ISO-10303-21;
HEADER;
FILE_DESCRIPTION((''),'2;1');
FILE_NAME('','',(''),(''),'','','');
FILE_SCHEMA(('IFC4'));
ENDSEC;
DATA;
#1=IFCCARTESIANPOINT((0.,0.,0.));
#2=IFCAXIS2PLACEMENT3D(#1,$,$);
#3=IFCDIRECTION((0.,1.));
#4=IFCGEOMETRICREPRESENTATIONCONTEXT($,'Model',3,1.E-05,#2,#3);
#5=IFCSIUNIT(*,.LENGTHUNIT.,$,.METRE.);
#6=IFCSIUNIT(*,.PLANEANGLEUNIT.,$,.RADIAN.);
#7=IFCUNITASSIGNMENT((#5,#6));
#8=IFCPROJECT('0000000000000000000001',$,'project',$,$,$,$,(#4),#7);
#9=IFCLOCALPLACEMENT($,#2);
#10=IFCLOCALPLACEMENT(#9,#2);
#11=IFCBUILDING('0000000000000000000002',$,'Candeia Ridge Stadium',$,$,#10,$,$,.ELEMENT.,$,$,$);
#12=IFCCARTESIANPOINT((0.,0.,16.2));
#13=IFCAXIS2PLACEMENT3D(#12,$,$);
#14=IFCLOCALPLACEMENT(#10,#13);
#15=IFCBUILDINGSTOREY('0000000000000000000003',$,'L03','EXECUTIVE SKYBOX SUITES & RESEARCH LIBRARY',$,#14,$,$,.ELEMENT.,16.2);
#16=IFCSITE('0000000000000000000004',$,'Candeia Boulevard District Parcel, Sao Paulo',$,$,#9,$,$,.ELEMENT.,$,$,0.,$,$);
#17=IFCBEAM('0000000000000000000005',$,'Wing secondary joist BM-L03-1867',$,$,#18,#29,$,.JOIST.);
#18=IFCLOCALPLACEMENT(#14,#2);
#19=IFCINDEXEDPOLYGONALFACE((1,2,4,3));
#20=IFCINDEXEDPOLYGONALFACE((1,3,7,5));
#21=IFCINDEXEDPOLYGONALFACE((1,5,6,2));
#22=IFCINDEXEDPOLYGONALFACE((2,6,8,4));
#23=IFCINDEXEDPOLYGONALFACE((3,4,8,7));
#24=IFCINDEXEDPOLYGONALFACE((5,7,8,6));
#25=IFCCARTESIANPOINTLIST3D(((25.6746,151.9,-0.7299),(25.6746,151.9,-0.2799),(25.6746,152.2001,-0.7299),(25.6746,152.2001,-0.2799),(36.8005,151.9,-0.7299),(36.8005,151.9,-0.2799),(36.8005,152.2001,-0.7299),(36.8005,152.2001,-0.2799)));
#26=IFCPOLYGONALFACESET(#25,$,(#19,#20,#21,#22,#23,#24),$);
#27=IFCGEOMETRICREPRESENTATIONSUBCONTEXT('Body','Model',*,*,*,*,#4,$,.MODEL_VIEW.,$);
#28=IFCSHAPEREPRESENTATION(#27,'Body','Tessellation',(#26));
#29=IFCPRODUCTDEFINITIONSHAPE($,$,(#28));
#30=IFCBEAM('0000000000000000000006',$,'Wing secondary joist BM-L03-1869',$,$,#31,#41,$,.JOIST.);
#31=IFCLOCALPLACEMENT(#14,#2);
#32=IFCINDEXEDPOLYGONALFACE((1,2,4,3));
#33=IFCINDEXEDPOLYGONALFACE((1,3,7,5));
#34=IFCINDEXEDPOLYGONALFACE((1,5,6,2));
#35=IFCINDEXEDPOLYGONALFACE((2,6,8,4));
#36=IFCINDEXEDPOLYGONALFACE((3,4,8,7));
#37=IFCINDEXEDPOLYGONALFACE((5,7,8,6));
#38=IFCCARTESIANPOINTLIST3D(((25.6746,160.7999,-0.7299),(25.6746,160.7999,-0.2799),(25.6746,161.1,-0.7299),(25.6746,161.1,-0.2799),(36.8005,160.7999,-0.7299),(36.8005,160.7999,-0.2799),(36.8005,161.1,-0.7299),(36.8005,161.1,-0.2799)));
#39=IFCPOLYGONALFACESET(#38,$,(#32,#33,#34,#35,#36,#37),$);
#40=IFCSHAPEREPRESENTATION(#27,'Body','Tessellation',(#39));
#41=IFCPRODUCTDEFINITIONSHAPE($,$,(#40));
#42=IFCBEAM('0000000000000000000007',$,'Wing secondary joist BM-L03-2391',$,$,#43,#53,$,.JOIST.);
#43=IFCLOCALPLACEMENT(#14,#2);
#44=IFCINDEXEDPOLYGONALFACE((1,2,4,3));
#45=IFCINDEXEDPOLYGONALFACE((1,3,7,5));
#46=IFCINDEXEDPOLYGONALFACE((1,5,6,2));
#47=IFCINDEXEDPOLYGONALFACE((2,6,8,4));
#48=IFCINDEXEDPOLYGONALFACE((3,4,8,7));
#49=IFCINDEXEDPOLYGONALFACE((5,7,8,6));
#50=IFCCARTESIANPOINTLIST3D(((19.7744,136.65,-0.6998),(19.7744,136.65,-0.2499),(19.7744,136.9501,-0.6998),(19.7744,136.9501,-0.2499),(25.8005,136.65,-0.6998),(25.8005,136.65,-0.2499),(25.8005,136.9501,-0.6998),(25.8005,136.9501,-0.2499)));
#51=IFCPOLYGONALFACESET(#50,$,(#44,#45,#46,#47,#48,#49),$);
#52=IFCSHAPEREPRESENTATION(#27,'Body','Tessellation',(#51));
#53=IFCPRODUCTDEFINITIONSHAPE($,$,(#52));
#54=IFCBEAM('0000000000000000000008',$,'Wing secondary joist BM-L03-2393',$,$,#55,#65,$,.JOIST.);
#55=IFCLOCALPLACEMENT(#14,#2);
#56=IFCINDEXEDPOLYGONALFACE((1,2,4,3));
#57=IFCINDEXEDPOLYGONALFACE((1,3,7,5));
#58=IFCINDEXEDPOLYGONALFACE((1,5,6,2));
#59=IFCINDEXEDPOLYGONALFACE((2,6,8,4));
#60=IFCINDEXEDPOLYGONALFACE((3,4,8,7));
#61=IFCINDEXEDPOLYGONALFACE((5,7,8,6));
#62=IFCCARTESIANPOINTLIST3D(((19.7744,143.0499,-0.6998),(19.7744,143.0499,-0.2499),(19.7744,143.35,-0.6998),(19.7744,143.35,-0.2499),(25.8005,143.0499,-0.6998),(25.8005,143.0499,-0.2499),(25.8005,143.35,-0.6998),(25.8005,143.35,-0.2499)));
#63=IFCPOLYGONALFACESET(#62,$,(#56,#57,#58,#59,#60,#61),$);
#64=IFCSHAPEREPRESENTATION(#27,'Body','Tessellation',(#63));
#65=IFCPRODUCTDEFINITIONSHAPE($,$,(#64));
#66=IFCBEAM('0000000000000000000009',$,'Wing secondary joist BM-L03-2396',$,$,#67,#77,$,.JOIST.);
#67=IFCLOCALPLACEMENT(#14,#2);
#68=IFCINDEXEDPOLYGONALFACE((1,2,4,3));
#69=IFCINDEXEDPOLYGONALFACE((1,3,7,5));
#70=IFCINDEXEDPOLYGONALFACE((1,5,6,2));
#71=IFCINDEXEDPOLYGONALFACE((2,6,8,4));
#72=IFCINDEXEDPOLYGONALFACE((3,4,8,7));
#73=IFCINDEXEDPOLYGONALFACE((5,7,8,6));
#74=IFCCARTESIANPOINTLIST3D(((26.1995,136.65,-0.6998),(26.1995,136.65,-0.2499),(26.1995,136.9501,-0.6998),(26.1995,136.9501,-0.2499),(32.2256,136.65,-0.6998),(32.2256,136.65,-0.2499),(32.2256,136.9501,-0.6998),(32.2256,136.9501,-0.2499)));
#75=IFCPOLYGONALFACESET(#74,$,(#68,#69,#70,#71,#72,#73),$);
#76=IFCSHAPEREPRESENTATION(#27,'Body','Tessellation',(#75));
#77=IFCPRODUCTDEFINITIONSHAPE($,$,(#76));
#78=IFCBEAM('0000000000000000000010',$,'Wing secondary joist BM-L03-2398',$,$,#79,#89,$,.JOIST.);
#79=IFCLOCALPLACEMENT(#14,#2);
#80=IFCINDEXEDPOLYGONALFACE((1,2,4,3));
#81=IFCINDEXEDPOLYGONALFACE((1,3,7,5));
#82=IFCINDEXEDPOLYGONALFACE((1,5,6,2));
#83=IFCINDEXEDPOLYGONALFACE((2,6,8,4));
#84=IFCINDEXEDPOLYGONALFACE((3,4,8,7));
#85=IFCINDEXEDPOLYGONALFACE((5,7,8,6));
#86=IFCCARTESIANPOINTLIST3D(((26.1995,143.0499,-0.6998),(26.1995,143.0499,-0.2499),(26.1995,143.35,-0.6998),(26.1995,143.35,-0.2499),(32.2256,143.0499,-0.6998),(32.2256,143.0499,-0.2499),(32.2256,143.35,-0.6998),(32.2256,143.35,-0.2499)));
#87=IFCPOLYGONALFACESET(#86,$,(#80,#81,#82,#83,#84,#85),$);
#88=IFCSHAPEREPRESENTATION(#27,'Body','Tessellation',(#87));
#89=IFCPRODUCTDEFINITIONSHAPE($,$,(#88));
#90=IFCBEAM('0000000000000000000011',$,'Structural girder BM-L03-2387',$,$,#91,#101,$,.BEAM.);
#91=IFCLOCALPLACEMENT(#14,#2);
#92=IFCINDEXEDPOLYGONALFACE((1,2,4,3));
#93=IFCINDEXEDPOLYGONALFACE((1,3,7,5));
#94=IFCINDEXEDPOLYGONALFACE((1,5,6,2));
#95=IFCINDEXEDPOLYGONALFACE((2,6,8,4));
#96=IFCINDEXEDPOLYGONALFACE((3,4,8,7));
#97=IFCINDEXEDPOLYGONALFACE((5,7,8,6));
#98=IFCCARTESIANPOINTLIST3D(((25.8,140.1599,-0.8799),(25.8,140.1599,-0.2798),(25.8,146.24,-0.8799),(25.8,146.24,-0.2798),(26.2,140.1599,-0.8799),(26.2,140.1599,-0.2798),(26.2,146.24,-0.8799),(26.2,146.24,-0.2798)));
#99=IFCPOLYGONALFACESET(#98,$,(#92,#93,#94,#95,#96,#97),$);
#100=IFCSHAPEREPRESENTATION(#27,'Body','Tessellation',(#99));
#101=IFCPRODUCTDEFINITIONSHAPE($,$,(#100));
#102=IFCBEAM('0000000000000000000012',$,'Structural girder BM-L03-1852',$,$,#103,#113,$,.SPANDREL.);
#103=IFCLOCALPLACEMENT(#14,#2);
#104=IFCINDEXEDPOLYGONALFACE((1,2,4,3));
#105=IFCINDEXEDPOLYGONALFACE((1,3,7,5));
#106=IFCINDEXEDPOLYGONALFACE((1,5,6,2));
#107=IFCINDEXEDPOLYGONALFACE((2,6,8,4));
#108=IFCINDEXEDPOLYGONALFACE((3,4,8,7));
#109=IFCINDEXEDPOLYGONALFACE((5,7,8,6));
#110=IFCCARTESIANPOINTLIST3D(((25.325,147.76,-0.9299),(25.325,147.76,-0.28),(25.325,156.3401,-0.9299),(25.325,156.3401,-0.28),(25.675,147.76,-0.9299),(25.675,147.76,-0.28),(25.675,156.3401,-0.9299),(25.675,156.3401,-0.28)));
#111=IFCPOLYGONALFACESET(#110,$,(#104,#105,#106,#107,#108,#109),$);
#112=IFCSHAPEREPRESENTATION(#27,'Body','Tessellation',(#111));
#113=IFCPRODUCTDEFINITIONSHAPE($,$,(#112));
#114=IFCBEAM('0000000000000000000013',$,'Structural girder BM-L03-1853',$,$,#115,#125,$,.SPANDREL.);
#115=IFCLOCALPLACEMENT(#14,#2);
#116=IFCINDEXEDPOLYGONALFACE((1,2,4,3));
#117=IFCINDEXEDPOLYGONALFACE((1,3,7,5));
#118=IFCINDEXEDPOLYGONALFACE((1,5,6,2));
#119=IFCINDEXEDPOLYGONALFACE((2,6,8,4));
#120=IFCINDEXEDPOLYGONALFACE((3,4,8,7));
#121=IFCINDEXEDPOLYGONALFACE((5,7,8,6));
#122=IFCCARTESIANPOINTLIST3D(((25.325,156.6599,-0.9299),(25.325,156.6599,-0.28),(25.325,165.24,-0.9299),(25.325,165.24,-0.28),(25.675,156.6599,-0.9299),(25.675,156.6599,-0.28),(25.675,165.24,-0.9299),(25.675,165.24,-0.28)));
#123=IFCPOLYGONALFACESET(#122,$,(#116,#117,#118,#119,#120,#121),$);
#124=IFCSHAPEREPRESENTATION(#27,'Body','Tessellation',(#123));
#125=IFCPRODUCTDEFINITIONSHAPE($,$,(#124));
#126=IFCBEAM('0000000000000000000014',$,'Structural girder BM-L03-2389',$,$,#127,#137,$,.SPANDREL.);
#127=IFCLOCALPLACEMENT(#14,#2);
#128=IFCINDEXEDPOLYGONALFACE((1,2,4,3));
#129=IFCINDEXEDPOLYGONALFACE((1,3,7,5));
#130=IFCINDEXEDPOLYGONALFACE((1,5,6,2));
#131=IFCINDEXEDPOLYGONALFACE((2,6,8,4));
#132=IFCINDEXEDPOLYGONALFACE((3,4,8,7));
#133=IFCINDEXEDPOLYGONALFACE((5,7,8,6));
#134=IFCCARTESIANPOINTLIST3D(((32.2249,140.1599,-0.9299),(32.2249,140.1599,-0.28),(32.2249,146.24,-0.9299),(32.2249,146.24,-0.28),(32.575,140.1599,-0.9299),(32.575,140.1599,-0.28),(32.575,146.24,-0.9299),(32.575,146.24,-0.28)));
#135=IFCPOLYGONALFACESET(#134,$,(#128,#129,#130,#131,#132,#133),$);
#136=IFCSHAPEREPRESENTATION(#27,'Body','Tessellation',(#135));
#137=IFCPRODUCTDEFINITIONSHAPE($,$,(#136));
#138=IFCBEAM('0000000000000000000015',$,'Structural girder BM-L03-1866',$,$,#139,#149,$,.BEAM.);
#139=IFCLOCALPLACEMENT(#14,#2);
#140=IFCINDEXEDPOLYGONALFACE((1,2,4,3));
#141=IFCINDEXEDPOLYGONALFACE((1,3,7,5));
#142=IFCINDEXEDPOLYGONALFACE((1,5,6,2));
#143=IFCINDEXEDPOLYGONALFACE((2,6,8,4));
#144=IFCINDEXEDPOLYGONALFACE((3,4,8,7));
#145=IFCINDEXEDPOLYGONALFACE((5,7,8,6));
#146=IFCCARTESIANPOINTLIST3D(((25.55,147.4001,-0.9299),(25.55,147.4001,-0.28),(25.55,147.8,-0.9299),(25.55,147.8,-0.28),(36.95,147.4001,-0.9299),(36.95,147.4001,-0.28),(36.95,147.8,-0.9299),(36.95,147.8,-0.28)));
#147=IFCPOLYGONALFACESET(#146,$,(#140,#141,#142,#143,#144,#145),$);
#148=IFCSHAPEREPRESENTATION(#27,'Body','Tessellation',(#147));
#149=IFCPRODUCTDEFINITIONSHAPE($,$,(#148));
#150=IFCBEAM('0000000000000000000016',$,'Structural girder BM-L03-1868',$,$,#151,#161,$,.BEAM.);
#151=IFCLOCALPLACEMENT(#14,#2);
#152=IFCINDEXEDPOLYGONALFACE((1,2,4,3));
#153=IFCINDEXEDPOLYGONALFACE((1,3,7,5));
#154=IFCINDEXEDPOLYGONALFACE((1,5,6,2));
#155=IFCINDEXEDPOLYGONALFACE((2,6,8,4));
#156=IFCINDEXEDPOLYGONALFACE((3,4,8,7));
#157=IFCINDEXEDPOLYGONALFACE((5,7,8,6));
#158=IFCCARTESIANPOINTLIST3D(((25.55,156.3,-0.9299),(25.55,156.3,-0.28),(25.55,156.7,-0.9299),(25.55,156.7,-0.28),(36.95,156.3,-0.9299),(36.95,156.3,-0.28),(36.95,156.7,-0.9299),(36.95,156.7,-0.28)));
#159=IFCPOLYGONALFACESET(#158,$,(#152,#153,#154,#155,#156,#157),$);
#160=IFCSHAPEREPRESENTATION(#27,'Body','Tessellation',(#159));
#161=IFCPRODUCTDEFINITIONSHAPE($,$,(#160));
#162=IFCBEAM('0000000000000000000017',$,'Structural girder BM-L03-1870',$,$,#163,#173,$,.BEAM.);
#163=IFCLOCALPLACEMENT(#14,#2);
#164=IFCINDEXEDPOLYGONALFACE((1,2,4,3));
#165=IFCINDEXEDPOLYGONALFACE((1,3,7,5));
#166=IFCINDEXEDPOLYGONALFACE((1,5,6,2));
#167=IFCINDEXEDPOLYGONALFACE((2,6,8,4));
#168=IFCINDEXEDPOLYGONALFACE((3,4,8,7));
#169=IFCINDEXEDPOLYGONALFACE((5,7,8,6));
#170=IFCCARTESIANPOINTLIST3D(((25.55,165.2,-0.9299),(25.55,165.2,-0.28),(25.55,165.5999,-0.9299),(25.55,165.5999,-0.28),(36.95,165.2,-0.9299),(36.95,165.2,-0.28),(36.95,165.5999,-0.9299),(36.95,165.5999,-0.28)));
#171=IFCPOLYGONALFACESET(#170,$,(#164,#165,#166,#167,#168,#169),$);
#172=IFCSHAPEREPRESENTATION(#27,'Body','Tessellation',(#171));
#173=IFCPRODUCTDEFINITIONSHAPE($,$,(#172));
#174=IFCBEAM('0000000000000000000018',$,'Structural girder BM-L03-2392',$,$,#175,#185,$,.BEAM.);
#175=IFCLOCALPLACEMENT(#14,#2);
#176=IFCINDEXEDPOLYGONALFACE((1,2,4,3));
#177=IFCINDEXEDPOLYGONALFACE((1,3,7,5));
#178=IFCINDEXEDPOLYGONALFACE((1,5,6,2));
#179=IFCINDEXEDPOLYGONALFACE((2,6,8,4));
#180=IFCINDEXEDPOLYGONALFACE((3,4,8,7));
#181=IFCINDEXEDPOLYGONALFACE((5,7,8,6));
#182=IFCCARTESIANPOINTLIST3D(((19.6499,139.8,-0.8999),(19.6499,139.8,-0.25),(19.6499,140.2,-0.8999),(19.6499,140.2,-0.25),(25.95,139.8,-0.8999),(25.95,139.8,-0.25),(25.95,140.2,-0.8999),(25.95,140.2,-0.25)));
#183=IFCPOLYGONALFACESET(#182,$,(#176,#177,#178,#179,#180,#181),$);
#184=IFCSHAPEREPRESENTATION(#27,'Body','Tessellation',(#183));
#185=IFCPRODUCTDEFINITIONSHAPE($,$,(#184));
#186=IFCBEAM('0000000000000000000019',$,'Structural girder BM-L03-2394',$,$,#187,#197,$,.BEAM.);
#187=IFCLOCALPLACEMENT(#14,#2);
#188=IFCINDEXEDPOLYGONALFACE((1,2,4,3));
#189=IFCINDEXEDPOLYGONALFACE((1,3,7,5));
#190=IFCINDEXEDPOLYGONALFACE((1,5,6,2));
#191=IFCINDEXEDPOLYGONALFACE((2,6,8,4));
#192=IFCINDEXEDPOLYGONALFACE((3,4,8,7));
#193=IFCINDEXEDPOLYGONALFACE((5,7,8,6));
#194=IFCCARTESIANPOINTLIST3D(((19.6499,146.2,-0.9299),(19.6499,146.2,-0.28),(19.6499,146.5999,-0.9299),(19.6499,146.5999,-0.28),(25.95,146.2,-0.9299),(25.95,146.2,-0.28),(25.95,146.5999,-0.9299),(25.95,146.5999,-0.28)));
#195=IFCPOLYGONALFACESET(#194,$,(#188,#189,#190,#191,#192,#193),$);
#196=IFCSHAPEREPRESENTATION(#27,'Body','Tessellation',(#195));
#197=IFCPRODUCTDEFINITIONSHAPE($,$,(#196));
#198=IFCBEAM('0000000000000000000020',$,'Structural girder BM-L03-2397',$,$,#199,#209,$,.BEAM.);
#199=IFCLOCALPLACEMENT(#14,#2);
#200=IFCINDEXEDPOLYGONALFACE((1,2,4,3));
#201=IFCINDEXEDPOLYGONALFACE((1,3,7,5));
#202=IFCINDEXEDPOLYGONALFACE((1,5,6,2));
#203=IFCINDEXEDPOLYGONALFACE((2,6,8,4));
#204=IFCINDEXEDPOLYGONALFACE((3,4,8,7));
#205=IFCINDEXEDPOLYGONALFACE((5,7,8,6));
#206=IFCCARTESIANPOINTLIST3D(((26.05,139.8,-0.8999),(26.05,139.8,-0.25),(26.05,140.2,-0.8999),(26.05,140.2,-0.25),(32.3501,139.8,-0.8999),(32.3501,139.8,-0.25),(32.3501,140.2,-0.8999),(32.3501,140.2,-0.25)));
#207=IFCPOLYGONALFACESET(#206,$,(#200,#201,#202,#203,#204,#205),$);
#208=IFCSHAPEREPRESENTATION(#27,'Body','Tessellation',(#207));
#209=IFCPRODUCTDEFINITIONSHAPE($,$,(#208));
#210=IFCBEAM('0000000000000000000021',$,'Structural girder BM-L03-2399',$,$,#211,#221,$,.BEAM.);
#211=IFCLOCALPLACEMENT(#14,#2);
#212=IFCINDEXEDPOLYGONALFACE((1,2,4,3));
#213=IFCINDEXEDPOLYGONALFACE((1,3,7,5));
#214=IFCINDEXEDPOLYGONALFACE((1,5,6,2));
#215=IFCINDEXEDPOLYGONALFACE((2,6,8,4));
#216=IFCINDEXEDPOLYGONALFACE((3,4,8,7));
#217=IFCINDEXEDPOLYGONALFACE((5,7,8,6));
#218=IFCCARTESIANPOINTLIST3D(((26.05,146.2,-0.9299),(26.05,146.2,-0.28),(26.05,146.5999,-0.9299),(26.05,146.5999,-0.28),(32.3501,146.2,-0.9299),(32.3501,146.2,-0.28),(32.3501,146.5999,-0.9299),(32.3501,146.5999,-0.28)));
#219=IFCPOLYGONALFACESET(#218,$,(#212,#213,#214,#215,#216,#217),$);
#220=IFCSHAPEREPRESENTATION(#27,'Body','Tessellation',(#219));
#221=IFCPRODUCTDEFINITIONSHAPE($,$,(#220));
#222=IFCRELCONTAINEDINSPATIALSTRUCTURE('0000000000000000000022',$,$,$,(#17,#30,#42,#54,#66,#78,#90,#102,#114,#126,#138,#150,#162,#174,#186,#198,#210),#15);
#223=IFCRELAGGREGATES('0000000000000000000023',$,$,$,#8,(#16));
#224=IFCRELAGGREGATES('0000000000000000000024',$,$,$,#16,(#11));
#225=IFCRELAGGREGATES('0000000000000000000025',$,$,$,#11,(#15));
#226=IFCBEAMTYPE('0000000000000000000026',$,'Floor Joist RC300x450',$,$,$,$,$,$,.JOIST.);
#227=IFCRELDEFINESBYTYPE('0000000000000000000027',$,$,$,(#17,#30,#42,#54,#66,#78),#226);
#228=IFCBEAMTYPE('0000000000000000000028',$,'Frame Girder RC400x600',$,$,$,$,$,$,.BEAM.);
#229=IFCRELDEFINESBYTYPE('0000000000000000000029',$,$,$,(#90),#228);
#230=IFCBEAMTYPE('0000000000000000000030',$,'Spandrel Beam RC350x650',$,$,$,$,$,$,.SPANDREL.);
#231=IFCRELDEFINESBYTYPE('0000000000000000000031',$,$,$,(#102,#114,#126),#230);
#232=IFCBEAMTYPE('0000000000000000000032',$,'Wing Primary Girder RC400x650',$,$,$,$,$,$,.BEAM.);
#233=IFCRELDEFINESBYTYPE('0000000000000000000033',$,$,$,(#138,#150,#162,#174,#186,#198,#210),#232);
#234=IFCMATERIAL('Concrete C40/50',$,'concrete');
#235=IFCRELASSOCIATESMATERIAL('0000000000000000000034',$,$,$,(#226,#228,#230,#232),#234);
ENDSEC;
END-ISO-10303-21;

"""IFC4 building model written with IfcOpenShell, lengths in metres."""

from ifc_helpers import new_model, si_unit, direction, frame, origin, origin_2d, place, context, subcontext, project, spatial, rectangle, extrude, material, material_profile, profile_set, type_object, element, save


model = new_model("IFC4")

# Units and contexts
model_context = context("Model", 3, precision=1e-05, world=origin(), true_north=direction((0.0, 1.0)))
body_context = subcontext(model_context, "Body", "Model", "MODEL_VIEW")
ifc_project = project(units=[si_unit("LENGTHUNIT", "METRE"), si_unit("PLANEANGLEUNIT", "RADIAN")], contexts=[model_context])

# Site, building, storey
site_placement = place(None, origin())
site = spatial("IfcSite", under=ifc_project, at=site_placement, Name="Candeia Boulevard District Parcel, Sao Paulo", CompositionType="ELEMENT", RefElevation=0.0)
building_placement = place(site_placement, origin())
building = spatial("IfcBuilding", under=site, at=building_placement, Name="Candeia Ridge Stadium", CompositionType="ELEMENT")
storey_placement = place(building_placement, frame((0.0, 0.0, 16.2)))
storey = spatial("IfcBuildingStorey", under=building, at=storey_placement, Name="L03", Description="EXECUTIVE SKYBOX SUITES & RESEARCH LIBRARY", CompositionType="ELEMENT", Elevation=16.2)

# Beams
ifc_material_1 = material(Name="Concrete C40/50", Category="concrete")
ifc_material_profile_1 = material_profile(ifc_material_1, rectangle(XDim=0.3, YDim=0.45, at=origin_2d()), Name="RC300x450", Category="concrete")
ifc_profile_set_1 = profile_set([ifc_material_profile_1], Name="Concrete C40/50")
beam_type_1 = type_object("IfcBeamType", Name="Floor Joist RC300x450", PredefinedType="JOIST", material=ifc_profile_set_1)
for number, where, z_axis, x_axis, name in (
    (1, (25.6746, 152.05, -0.5049), (1.0, 0.0, 0.0), (0.0, 1.0, 0.0), "Wing secondary joist BM-L03-1867"),
    (2, (25.6746, 160.95, -0.5049), (1.0, 0.0, 0.0), (0.0, 1.0, 0.0), "Wing secondary joist BM-L03-1869"),
):
    element("IfcBeam", number, at=place(storey_placement, frame(where, z_axis=z_axis, x_axis=x_axis)), inside=storey, type_object=beam_type_1, Name=name, PredefinedType="JOIST", context=body_context, shape_type="SweptSolid", body=[
        extrude(rectangle(XDim=0.3, YDim=0.45, at=origin_2d()), origin(), (0.0, 0.0, 1.0), 11.126),
    ])
for number, where, z_axis, x_axis, name in (
    (3, (19.7744, 136.8, -0.4749), (1.0, 0.0, 0.0), (0.0, 1.0, 0.0), "Wing secondary joist BM-L03-2391"),
    (4, (19.7744, 143.2, -0.4749), (1.0, 0.0, 0.0), (0.0, 1.0, 0.0), "Wing secondary joist BM-L03-2393"),
    (5, (26.1995, 136.8, -0.4749), (1.0, 0.0, 0.0), (0.0, 1.0, 0.0), "Wing secondary joist BM-L03-2396"),
    (6, (26.1995, 143.2, -0.4749), (1.0, 0.0, 0.0), (0.0, 1.0, 0.0), "Wing secondary joist BM-L03-2398"),
):
    element("IfcBeam", number, at=place(storey_placement, frame(where, z_axis=z_axis, x_axis=x_axis)), inside=storey, type_object=beam_type_1, Name=name, PredefinedType="JOIST", context=body_context, shape_type="SweptSolid", body=[
        extrude(rectangle(XDim=0.3, YDim=0.45, at=origin_2d()), origin(), (0.0, 0.0, 1.0), 6.0261),
    ])
ifc_material_profile_2 = material_profile(ifc_material_1, rectangle(XDim=0.3999, YDim=0.6001, at=origin_2d()), Name="RC400x600", Category="concrete")
ifc_profile_set_2 = profile_set([ifc_material_profile_2], Name="Concrete C40/50")
beam_type_2 = type_object("IfcBeamType", Name="Frame Girder RC400x600", PredefinedType="BEAM", material=ifc_profile_set_2)
beam_1_placement = place(storey_placement, frame((26.0, 140.1599, -0.5798), z_axis=(0.0, 1.0, 0.0), x_axis=(-1.0, 0.0, 0.0)))
element("IfcBeam", 7, at=beam_1_placement, inside=storey, type_object=beam_type_2, Name="Structural girder BM-L03-2387", PredefinedType="BEAM", context=body_context, shape_type="SweptSolid", body=[
    extrude(rectangle(XDim=0.3999, YDim=0.6001, at=origin_2d()), origin(), (0.0, 0.0, 1.0), 6.0801),
])
ifc_material_profile_3 = material_profile(ifc_material_1, rectangle(XDim=0.3501, YDim=0.6499, at=origin_2d()), Name="RC350x650", Category="concrete")
ifc_profile_set_3 = profile_set([ifc_material_profile_3], Name="Concrete C40/50")
beam_type_3 = type_object("IfcBeamType", Name="Spandrel Beam RC350x650", PredefinedType="SPANDREL", material=ifc_profile_set_3)
for number, where, z_axis, x_axis, name in (
    (8, (25.5, 147.76, -0.605), (0.0, 1.0, 0.0), (-1.0, 0.0, 0.0), "Structural girder BM-L03-1852"),
    (9, (25.5, 156.6599, -0.605), (0.0, 1.0, 0.0), (-1.0, 0.0, 0.0), "Structural girder BM-L03-1853"),
):
    element("IfcBeam", number, at=place(storey_placement, frame(where, z_axis=z_axis, x_axis=x_axis)), inside=storey, type_object=beam_type_3, Name=name, PredefinedType="SPANDREL", context=body_context, shape_type="SweptSolid", body=[
        extrude(rectangle(XDim=0.3501, YDim=0.6499, at=origin_2d()), origin(), (0.0, 0.0, 1.0), 8.5801),
    ])
beam_2_placement = place(storey_placement, frame((32.3999, 140.1599, -0.605), z_axis=(0.0, 1.0, 0.0), x_axis=(-1.0, 0.0, 0.0)))
element("IfcBeam", 10, at=beam_2_placement, inside=storey, type_object=beam_type_3, Name="Structural girder BM-L03-2389", PredefinedType="SPANDREL", context=body_context, shape_type="SweptSolid", body=[
    extrude(rectangle(XDim=0.3501, YDim=0.6499, at=origin_2d()), origin(), (0.0, 0.0, 1.0), 6.0801),
])
ifc_material_profile_4 = material_profile(ifc_material_1, rectangle(XDim=0.3999, YDim=0.6499, at=origin_2d()), Name="RC400x650", Category="concrete")
ifc_profile_set_4 = profile_set([ifc_material_profile_4], Name="Concrete C40/50")
beam_type_4 = type_object("IfcBeamType", Name="Wing Primary Girder RC400x650", PredefinedType="BEAM", material=ifc_profile_set_4)
for number, where, z_axis, x_axis, name in (
    (11, (25.55, 147.6001, -0.605), (1.0, 0.0, 0.0), (0.0, 1.0, 0.0), "Structural girder BM-L03-1866"),
    (12, (25.55, 156.5, -0.605), (1.0, 0.0, 0.0), (0.0, 1.0, 0.0), "Structural girder BM-L03-1868"),
    (13, (25.55, 165.3999, -0.605), (1.0, 0.0, 0.0), (0.0, 1.0, 0.0), "Structural girder BM-L03-1870"),
):
    element("IfcBeam", number, at=place(storey_placement, frame(where, z_axis=z_axis, x_axis=x_axis)), inside=storey, type_object=beam_type_4, Name=name, PredefinedType="BEAM", context=body_context, shape_type="SweptSolid", body=[
        extrude(rectangle(XDim=0.3999, YDim=0.6499, at=origin_2d()), origin(), (0.0, 0.0, 1.0), 11.3999),
    ])
for number, where, z_axis, x_axis, name in (
    (14, (19.6499, 140.0, -0.575), (1.0, 0.0, 0.0), (0.0, 1.0, 0.0), "Structural girder BM-L03-2392"),
    (15, (19.6499, 146.3999, -0.605), (1.0, 0.0, 0.0), (0.0, 1.0, 0.0), "Structural girder BM-L03-2394"),
    (16, (26.05, 140.0, -0.575), (1.0, 0.0, 0.0), (0.0, 1.0, 0.0), "Structural girder BM-L03-2397"),
    (17, (26.05, 146.3999, -0.605), (1.0, 0.0, 0.0), (0.0, 1.0, 0.0), "Structural girder BM-L03-2399"),
):
    element("IfcBeam", number, at=place(storey_placement, frame(where, z_axis=z_axis, x_axis=x_axis)), inside=storey, type_object=beam_type_4, Name=name, PredefinedType="BEAM", context=body_context, shape_type="SweptSolid", body=[
        extrude(rectangle(XDim=0.3999, YDim=0.6499, at=origin_2d()), origin(), (0.0, 0.0, 1.0), 6.3),
    ])

save(model, "model.ifc")
